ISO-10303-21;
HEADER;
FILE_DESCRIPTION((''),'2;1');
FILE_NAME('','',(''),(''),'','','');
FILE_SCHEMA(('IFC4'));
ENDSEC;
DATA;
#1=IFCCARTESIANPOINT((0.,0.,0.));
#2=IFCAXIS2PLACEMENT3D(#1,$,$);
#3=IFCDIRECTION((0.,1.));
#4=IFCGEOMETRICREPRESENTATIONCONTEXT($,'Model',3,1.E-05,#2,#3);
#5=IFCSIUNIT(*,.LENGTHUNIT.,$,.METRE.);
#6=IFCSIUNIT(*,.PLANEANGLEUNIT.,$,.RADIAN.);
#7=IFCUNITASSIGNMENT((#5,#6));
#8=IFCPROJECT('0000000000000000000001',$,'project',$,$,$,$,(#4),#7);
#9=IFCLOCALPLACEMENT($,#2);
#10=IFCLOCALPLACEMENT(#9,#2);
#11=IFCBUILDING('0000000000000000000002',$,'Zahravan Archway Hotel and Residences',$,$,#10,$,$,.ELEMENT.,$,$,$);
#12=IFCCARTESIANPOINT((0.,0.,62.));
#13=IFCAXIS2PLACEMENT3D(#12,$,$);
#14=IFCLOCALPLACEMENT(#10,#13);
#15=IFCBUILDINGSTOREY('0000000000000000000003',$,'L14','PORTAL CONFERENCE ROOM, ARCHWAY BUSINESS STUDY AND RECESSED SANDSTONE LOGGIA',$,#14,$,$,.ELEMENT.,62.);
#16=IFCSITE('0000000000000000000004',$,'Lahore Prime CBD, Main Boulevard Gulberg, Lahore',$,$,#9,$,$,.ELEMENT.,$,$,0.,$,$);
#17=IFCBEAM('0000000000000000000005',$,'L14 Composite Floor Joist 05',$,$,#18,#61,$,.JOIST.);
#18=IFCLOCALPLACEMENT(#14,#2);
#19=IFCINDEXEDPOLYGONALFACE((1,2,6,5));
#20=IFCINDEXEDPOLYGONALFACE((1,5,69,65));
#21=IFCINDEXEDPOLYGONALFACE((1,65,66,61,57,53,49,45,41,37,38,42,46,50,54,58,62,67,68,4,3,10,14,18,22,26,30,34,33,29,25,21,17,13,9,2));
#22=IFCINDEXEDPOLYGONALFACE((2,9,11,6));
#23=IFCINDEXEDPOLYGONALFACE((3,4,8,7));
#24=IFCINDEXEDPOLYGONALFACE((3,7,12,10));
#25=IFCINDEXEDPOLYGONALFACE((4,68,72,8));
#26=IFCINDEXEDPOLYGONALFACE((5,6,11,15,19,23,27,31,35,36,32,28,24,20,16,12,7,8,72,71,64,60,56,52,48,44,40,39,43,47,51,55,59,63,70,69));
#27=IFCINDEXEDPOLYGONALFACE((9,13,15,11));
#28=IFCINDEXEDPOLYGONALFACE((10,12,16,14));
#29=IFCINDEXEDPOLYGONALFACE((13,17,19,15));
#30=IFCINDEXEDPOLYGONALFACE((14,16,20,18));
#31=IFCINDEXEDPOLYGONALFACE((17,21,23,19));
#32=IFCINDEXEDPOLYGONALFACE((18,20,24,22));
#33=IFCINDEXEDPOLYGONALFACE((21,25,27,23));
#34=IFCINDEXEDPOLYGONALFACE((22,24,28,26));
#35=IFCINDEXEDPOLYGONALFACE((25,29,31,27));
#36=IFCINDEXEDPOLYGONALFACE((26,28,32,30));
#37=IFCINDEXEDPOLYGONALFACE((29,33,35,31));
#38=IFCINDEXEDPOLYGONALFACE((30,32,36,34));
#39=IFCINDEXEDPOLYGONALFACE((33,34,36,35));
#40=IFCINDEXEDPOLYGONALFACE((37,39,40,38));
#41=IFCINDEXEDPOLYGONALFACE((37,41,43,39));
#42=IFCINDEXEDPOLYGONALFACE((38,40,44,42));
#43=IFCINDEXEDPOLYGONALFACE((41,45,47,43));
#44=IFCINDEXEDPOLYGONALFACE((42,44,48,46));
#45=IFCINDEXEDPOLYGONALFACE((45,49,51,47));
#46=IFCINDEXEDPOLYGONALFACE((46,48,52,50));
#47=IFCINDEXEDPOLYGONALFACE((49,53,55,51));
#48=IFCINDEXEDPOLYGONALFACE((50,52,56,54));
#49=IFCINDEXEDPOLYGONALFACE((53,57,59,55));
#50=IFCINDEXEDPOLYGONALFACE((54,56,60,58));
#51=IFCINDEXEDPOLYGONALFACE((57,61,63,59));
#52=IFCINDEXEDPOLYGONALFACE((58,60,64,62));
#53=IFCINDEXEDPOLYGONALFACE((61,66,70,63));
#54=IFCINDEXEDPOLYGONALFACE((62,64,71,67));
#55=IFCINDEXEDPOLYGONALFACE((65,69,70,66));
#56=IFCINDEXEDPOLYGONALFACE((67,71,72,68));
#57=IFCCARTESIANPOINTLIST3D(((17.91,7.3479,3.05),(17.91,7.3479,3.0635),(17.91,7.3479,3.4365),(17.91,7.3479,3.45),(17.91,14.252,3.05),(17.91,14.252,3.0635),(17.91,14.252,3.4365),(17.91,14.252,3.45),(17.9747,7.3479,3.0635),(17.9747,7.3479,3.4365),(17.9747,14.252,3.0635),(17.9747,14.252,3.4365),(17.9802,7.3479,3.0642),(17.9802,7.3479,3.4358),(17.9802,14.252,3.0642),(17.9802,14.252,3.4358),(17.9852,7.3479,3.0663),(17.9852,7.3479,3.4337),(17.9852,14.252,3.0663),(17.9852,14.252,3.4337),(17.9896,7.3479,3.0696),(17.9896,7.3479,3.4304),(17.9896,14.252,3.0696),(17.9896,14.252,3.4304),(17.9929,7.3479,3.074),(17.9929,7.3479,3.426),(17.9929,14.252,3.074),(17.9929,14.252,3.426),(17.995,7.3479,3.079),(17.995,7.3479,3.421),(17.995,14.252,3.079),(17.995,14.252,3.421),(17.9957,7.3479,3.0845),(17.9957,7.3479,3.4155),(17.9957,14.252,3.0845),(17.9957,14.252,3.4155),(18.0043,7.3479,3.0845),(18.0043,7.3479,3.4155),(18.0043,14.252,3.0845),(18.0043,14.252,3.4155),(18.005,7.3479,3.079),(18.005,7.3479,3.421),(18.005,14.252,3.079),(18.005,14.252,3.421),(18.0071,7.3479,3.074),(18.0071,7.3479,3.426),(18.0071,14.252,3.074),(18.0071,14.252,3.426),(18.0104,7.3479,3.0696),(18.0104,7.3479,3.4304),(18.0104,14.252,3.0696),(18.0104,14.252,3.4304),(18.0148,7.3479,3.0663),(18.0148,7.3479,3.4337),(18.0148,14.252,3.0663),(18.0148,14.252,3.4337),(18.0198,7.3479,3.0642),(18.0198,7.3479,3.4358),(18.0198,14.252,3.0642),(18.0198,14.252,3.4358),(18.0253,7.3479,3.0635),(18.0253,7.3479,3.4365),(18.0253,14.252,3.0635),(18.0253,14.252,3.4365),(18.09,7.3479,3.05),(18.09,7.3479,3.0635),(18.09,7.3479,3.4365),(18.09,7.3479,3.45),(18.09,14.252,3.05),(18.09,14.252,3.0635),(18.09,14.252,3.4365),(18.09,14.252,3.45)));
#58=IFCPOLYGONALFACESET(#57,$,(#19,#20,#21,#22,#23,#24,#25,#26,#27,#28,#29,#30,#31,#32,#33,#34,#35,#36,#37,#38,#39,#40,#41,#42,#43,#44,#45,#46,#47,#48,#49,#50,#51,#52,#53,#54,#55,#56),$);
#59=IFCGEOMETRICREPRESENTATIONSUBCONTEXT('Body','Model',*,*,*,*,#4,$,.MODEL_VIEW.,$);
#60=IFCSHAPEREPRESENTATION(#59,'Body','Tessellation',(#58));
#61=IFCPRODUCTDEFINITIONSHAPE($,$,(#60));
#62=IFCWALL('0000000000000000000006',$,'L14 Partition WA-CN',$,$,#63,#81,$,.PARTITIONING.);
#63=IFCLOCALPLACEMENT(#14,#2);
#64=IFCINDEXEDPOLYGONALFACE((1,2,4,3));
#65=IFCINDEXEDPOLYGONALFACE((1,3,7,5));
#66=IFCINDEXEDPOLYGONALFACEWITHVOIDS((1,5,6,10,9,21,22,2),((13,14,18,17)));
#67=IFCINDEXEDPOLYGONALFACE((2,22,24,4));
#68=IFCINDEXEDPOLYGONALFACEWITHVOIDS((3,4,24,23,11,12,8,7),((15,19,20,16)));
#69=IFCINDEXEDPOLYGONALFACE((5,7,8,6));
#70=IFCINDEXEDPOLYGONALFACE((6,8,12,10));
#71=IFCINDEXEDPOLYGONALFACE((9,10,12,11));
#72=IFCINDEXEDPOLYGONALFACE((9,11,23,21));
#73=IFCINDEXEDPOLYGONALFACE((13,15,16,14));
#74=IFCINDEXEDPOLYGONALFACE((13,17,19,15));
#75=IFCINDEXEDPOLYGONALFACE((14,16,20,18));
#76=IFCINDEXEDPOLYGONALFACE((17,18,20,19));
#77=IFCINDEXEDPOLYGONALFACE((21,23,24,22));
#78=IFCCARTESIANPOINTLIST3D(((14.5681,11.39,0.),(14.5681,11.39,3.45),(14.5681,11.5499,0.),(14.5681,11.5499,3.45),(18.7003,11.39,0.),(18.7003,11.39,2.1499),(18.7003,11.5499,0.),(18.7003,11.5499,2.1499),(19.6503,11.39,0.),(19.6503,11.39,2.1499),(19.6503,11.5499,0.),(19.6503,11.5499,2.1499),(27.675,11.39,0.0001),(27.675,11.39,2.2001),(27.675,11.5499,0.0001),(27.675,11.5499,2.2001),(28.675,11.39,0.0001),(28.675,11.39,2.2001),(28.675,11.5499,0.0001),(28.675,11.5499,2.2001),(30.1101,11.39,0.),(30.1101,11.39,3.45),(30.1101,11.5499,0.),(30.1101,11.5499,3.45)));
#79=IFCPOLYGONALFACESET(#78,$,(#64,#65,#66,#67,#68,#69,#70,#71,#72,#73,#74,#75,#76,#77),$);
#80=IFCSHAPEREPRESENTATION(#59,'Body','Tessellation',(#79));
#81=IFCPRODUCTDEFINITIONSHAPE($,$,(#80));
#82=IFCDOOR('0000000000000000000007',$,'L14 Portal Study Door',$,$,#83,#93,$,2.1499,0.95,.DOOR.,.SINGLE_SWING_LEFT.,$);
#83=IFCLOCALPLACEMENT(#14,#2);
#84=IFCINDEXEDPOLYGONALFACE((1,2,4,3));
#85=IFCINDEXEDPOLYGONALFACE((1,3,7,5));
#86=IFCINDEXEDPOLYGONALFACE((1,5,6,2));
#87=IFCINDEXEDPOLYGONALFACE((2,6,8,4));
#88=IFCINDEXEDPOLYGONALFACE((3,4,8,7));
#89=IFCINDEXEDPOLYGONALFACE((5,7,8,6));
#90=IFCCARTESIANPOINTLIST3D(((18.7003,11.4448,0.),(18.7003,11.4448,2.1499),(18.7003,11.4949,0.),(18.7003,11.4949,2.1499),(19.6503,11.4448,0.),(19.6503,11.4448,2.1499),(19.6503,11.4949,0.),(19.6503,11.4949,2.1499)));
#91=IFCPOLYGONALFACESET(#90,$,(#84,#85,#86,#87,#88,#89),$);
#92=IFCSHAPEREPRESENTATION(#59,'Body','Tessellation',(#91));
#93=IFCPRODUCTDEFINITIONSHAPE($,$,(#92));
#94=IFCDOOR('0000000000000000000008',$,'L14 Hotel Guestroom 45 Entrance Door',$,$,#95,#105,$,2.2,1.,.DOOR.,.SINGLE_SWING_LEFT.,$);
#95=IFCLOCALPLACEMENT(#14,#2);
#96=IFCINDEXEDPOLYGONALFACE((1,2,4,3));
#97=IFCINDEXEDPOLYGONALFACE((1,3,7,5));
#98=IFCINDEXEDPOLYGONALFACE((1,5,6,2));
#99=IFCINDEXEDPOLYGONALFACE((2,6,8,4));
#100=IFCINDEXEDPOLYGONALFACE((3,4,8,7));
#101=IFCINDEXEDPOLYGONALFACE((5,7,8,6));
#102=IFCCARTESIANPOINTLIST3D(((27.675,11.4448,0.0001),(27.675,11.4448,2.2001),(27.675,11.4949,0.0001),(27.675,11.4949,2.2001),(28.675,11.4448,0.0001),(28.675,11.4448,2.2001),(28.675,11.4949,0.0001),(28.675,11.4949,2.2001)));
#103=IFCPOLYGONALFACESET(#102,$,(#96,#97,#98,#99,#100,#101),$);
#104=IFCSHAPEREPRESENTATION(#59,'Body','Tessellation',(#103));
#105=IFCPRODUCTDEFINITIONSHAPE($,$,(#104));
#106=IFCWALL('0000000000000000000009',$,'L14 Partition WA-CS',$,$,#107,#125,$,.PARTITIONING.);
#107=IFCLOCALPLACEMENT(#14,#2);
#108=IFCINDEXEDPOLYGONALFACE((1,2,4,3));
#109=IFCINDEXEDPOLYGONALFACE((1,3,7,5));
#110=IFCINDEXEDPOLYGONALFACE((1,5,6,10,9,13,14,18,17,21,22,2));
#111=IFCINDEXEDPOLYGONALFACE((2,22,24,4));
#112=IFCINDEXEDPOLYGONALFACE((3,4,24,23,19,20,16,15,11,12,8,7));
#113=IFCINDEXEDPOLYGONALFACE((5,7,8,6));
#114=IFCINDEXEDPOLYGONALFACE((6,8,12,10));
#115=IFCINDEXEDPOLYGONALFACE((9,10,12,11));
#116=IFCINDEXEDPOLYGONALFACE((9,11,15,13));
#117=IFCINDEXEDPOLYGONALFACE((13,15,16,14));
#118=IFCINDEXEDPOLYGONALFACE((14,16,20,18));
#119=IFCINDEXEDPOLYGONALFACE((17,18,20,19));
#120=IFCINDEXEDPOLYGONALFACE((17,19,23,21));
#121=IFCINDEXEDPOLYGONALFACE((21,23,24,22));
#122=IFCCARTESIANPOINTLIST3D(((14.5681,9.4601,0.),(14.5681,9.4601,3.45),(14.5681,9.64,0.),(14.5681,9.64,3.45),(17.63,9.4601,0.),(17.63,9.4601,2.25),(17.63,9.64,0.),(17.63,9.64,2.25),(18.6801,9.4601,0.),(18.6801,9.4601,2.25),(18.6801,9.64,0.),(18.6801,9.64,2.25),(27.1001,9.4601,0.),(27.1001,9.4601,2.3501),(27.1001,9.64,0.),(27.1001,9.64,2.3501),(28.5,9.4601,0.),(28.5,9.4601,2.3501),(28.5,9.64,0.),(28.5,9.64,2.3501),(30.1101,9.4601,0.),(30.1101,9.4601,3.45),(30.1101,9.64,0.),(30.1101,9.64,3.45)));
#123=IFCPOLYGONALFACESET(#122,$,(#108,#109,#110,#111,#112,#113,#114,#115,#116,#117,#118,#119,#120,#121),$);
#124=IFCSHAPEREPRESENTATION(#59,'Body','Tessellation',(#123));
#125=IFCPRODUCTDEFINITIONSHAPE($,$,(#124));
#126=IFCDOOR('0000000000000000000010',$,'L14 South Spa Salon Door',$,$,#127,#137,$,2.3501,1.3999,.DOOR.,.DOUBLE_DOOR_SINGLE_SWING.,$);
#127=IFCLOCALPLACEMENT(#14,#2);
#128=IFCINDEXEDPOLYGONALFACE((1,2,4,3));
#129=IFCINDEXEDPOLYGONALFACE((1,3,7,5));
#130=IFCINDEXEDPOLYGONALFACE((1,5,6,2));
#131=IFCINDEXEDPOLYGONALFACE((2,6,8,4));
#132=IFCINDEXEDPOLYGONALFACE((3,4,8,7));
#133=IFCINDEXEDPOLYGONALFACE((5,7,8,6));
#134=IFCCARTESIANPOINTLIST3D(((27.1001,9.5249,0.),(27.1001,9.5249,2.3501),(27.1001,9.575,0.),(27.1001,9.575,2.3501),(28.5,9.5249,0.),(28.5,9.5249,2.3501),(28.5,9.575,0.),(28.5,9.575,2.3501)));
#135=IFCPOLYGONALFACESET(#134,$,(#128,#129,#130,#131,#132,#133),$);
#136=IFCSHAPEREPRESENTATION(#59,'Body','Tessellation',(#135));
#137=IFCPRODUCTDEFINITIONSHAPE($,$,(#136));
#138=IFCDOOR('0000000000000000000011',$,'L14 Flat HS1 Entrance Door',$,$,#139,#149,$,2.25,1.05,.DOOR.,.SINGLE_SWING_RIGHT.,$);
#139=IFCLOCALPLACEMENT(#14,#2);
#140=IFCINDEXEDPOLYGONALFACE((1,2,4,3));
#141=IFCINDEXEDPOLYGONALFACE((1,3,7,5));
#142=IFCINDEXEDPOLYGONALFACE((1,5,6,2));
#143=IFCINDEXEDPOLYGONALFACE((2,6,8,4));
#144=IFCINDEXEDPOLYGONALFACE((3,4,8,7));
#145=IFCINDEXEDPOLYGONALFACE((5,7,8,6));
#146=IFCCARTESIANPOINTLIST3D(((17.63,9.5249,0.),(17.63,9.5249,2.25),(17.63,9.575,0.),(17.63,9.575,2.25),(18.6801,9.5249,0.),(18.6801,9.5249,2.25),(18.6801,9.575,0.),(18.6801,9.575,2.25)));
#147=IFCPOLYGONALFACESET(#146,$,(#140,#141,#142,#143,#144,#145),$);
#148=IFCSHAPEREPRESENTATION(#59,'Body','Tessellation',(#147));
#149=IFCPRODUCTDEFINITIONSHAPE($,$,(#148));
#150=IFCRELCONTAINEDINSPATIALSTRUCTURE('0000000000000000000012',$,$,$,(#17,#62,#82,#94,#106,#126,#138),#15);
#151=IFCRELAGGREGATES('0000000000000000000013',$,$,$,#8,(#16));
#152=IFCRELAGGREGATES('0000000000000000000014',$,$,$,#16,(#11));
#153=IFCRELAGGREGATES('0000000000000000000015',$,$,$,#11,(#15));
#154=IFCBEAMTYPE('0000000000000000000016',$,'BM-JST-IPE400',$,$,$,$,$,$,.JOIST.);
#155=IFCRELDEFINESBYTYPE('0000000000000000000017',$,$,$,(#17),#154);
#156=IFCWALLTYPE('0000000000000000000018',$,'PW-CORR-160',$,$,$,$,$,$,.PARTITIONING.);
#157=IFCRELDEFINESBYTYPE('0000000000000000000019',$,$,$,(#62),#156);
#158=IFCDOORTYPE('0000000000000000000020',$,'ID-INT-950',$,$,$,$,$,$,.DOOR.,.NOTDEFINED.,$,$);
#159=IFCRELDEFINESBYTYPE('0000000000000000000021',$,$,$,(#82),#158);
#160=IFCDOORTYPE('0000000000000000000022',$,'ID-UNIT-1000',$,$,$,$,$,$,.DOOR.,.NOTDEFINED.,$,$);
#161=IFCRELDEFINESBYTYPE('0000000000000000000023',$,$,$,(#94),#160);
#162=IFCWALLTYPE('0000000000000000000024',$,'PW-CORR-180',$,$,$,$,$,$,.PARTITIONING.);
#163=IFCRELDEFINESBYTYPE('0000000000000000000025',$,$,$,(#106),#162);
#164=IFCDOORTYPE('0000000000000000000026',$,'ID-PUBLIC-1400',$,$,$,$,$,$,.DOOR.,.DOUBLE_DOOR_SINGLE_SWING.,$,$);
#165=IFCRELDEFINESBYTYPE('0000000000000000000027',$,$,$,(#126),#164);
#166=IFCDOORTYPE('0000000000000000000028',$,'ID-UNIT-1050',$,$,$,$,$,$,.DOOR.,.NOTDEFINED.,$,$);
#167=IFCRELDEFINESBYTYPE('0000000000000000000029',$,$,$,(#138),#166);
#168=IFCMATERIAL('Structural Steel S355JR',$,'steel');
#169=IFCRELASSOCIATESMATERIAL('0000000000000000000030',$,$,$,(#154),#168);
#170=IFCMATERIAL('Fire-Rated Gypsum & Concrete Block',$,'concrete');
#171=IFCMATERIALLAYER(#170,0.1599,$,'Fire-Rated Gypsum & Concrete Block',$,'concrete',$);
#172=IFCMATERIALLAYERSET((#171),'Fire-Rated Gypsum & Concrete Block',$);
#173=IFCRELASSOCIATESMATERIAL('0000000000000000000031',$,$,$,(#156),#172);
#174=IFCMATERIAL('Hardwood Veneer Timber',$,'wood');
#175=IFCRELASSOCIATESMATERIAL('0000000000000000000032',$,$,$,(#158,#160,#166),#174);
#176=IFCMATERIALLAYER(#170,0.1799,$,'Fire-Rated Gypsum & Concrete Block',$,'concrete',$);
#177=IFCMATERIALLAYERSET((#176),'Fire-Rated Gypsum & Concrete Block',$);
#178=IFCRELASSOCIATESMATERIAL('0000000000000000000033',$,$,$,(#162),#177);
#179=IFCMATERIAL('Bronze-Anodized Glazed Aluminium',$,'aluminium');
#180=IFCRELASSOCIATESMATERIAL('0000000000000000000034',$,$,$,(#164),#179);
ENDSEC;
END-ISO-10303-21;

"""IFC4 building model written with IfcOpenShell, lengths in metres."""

from ifc_helpers import new_model, si_unit, direction, frame, frame_2d, origin, origin_2d, place, context, subcontext, project, spatial, rectangle, i_section, extrude, source, transform, mapped, material, layer, layer_set, material_profile, profile_set, type_object, type_shapes, element, fill, save


model = new_model("IFC4")

# Units and contexts
model_context = context("Model", 3, precision=1e-05, world=origin(), true_north=direction((0.0, 1.0)))
body_context = subcontext(model_context, "Body", "Model", "MODEL_VIEW")
ifc_project = project(units=[si_unit("LENGTHUNIT", "METRE"), si_unit("PLANEANGLEUNIT", "RADIAN")], contexts=[model_context])

# Site, building, storey
site_placement = place(None, origin())
site = spatial("IfcSite", under=ifc_project, at=site_placement, Name="Lahore Prime CBD, Main Boulevard Gulberg, Lahore", CompositionType="ELEMENT", RefElevation=0.0)
building_placement = place(site_placement, origin())
building = spatial("IfcBuilding", under=site, at=building_placement, Name="Zahravan Archway Hotel and Residences", CompositionType="ELEMENT")
storey_placement = place(building_placement, frame((0.0, 0.0, 62.0)))
storey = spatial("IfcBuildingStorey", under=building, at=storey_placement, Name="L14", Description="PORTAL CONFERENCE ROOM, ARCHWAY BUSINESS STUDY AND RECESSED SANDSTONE LOGGIA", CompositionType="ELEMENT", Elevation=62.0)

# Beam
ifc_material_1 = material(Name="Structural Steel S355JR", Category="steel")
ifc_material_profile_1 = material_profile(ifc_material_1, i_section(OverallWidth=0.1799, OverallDepth=0.3999, WebThickness=0.0085, FlangeThickness=0.0134, FilletRadius=0.021, at=origin_2d()), Name="IPE 400", Category="steel")
ifc_profile_set_1 = profile_set([ifc_material_profile_1], Name="Structural Steel S355JR")
beam_type_1 = type_object("IfcBeamType", Name="BM-JST-IPE400", PredefinedType="JOIST", material=ifc_profile_set_1)
shared_shape_1 = source(origin(), body_context, "Body", "SweptSolid", [
    extrude(i_section(OverallWidth=0.1799, OverallDepth=0.3999, WebThickness=0.0085, FlangeThickness=0.0134, FilletRadius=0.021, at=origin_2d()), origin(), (0.0, 0.0, 1.0), 6.9041),
])
type_shapes(beam_type_1, [shared_shape_1])
beam_1_placement = place(storey_placement, frame((18.0, 7.3479, 3.25), z_axis=(0.0, 1.0, 0.0), x_axis=(-1.0, 0.0, 0.0)))
element("IfcBeam", 1, at=beam_1_placement, inside=storey, type_object=beam_type_1, Name="L14 Composite Floor Joist 05", PredefinedType="JOIST", context=body_context, shape_type="MappedRepresentation", body=[
    mapped(shared_shape_1, transform((0.0, 0.0, 0.0), scale=1.0)),
])

# Walls, openings, doors
ifc_material_2 = material(Name="Fire-Rated Gypsum & Concrete Block", Category="concrete")
ifc_layer_1 = layer(ifc_material_2, 0.1599, Name="Fire-Rated Gypsum & Concrete Block", Category="concrete")
ifc_layer_set_1 = layer_set([ifc_layer_1], Name="Fire-Rated Gypsum & Concrete Block")
wall_type_1 = type_object("IfcWallType", Name="PW-CORR-160", PredefinedType="PARTITIONING", material=ifc_layer_set_1)
wall_1_placement = place(storey_placement, frame((14.5681, 11.47, 0.0), z_axis=(0.0, 0.0, 1.0), x_axis=(1.0, 0.0, 0.0)))
wall_1 = element("IfcWall", 2, at=wall_1_placement, inside=storey, type_object=wall_type_1, Name="L14 Partition WA-CN", PredefinedType="PARTITIONING", context=body_context, shape_type="SweptSolid", body=[
    extrude(rectangle(XDim=15.542, YDim=0.1599, at=frame_2d((7.771, 0.0))), origin(), (0.0, 0.0, 1.0), 3.45),
])
opening_1_placement = place(wall_1_placement, frame((4.1321, 0.0, 0.0)))
opening_1 = element("IfcOpeningElement", 3, at=opening_1_placement, cuts=wall_1, PredefinedType="OPENING", context=body_context, shape_type="SweptSolid", body=[
    extrude(rectangle(XDim=0.95, YDim=2.1499, at=frame_2d((0.4751, 1.075))), frame((0.0, 0.0898, 0.0), z_axis=(0.0, -1.0, 0.0), x_axis=(1.0, 0.0, 0.0)), (0.0, 0.0, 1.0), 0.1799),
])
opening_2_placement = place(wall_1_placement, frame((13.1069, 0.0, 0.0)))
opening_2 = element("IfcOpeningElement", 4, at=opening_2_placement, cuts=wall_1, PredefinedType="OPENING", context=body_context, shape_type="SweptSolid", body=[
    extrude(rectangle(XDim=1.0, YDim=2.2, at=frame_2d((0.5, 1.1001))), frame((0.0, 0.0898, 0.0), z_axis=(0.0, -1.0, 0.0), x_axis=(1.0, 0.0, 0.0)), (0.0, 0.0, 1.0), 0.1799),
])
ifc_material_3 = material(Name="Hardwood Veneer Timber", Category="wood")
door_type_1 = type_object("IfcDoorType", Name="ID-INT-950", OperationType="NOTDEFINED", PredefinedType="DOOR", material=ifc_material_3)
shared_shape_2 = source(origin(), body_context, "Body", "SweptSolid", [
    extrude(rectangle(XDim=0.95, YDim=2.1499, at=frame_2d((0.4751, 1.075))), frame((0.0, 0.0249, 0.0), z_axis=(0.0, -1.0, 0.0), x_axis=(1.0, 0.0, 0.0)), (0.0, 0.0, 1.0), 0.05),
])
type_shapes(door_type_1, [shared_shape_2])
door_1_placement = place(opening_1_placement, origin())
door_1 = element("IfcDoor", 5, at=door_1_placement, inside=storey, type_object=door_type_1, Name="L14 Portal Study Door", OperationType="SINGLE_SWING_LEFT", OverallHeight=2.1499, OverallWidth=0.95, PredefinedType="DOOR", context=body_context, shape_type="MappedRepresentation", body=[
    mapped(shared_shape_2, transform((0.0, 0.0, 0.0), scale=1.0)),
])
fill(opening_1, door_1)
door_type_2 = type_object("IfcDoorType", Name="ID-UNIT-1000", OperationType="NOTDEFINED", PredefinedType="DOOR", material=ifc_material_3)
shared_shape_3 = source(origin(), body_context, "Body", "SweptSolid", [
    extrude(rectangle(XDim=1.0, YDim=2.2, at=frame_2d((0.5, 1.1001))), frame((0.0, 0.0249, 0.0), z_axis=(0.0, -1.0, 0.0), x_axis=(1.0, 0.0, 0.0)), (0.0, 0.0, 1.0), 0.05),
])
type_shapes(door_type_2, [shared_shape_3])
door_2_placement = place(opening_2_placement, origin())
door_2 = element("IfcDoor", 6, at=door_2_placement, inside=storey, type_object=door_type_2, Name="L14 Hotel Guestroom 45 Entrance Door", OperationType="SINGLE_SWING_LEFT", OverallHeight=2.2, OverallWidth=1.0, PredefinedType="DOOR", context=body_context, shape_type="MappedRepresentation", body=[
    mapped(shared_shape_3, transform((0.0, 0.0, 0.0), scale=1.0)),
])
fill(opening_2, door_2)
ifc_layer_2 = layer(ifc_material_2, 0.1799, Name="Fire-Rated Gypsum & Concrete Block", Category="concrete")
ifc_layer_set_2 = layer_set([ifc_layer_2], Name="Fire-Rated Gypsum & Concrete Block")
wall_type_2 = type_object("IfcWallType", Name="PW-CORR-180", PredefinedType="PARTITIONING", material=ifc_layer_set_2)
wall_2_placement = place(storey_placement, frame((14.5681, 9.55, 0.0), z_axis=(0.0, 0.0, 1.0), x_axis=(1.0, 0.0, 0.0)))
wall_2 = element("IfcWall", 7, at=wall_2_placement, inside=storey, type_object=wall_type_2, Name="L14 Partition WA-CS", PredefinedType="PARTITIONING", context=body_context, shape_type="SweptSolid", body=[
    extrude(rectangle(XDim=15.542, YDim=0.1799, at=frame_2d((7.771, 0.0))), origin(), (0.0, 0.0, 1.0), 3.45),
])
opening_3_placement = place(wall_2_placement, frame((3.062, 0.0, 0.0)))
opening_3 = element("IfcOpeningElement", 8, at=opening_3_placement, cuts=wall_2, PredefinedType="OPENING", context=body_context, shape_type="SweptSolid", body=[
    extrude(rectangle(XDim=1.05, YDim=2.25, at=frame_2d((0.5249, 1.125))), frame((0.0, 0.1001, 0.0), z_axis=(0.0, -1.0, 0.0), x_axis=(1.0, 0.0, 0.0)), (0.0, 0.0, 1.0), 0.2),
])
opening_4_placement = place(wall_2_placement, frame((12.532, 0.0, 0.0)))
opening_4 = element("IfcOpeningElement", 9, at=opening_4_placement, cuts=wall_2, PredefinedType="OPENING", context=body_context, shape_type="SweptSolid", body=[
    extrude(rectangle(XDim=1.3999, YDim=2.3501, at=frame_2d((0.7, 1.175))), frame((0.0, 0.1001, 0.0), z_axis=(0.0, -1.0, 0.0), x_axis=(1.0, 0.0, 0.0)), (0.0, 0.0, 1.0), 0.2),
])
ifc_material_4 = material(Name="Bronze-Anodized Glazed Aluminium", Category="aluminium")
door_type_3 = type_object("IfcDoorType", Name="ID-PUBLIC-1400", OperationType="DOUBLE_DOOR_SINGLE_SWING", PredefinedType="DOOR", material=ifc_material_4)
shared_shape_4 = source(origin(), body_context, "Body", "SweptSolid", [
    extrude(rectangle(XDim=1.3999, YDim=2.3501, at=frame_2d((0.7, 1.175))), frame((0.0, 0.0249, 0.0), z_axis=(0.0, -1.0, 0.0), x_axis=(1.0, 0.0, 0.0)), (0.0, 0.0, 1.0), 0.05),
])
type_shapes(door_type_3, [shared_shape_4])
door_3_placement = place(opening_4_placement, origin())
door_3 = element("IfcDoor", 10, at=door_3_placement, inside=storey, type_object=door_type_3, Name="L14 South Spa Salon Door", OperationType="DOUBLE_DOOR_SINGLE_SWING", OverallHeight=2.3501, OverallWidth=1.3999, PredefinedType="DOOR", context=body_context, shape_type="MappedRepresentation", body=[
    mapped(shared_shape_4, transform((0.0, 0.0, 0.0), scale=1.0)),
])
fill(opening_4, door_3)
door_type_4 = type_object("IfcDoorType", Name="ID-UNIT-1050", OperationType="NOTDEFINED", PredefinedType="DOOR", material=ifc_material_3)
shared_shape_5 = source(origin(), body_context, "Body", "SweptSolid", [
    extrude(rectangle(XDim=1.05, YDim=2.25, at=frame_2d((0.5249, 1.125))), frame((0.0, 0.0249, 0.0), z_axis=(0.0, -1.0, 0.0), x_axis=(1.0, 0.0, 0.0)), (0.0, 0.0, 1.0), 0.05),
])
type_shapes(door_type_4, [shared_shape_5])
door_4_placement = place(opening_3_placement, origin())
door_4 = element("IfcDoor", 11, at=door_4_placement, inside=storey, type_object=door_type_4, Name="L14 Flat HS1 Entrance Door", OperationType="SINGLE_SWING_RIGHT", OverallHeight=2.25, OverallWidth=1.05, PredefinedType="DOOR", context=body_context, shape_type="MappedRepresentation", body=[
    mapped(shared_shape_5, transform((0.0, 0.0, 0.0), scale=1.0)),
])
fill(opening_3, door_4)

save(model, "model.ifc")
